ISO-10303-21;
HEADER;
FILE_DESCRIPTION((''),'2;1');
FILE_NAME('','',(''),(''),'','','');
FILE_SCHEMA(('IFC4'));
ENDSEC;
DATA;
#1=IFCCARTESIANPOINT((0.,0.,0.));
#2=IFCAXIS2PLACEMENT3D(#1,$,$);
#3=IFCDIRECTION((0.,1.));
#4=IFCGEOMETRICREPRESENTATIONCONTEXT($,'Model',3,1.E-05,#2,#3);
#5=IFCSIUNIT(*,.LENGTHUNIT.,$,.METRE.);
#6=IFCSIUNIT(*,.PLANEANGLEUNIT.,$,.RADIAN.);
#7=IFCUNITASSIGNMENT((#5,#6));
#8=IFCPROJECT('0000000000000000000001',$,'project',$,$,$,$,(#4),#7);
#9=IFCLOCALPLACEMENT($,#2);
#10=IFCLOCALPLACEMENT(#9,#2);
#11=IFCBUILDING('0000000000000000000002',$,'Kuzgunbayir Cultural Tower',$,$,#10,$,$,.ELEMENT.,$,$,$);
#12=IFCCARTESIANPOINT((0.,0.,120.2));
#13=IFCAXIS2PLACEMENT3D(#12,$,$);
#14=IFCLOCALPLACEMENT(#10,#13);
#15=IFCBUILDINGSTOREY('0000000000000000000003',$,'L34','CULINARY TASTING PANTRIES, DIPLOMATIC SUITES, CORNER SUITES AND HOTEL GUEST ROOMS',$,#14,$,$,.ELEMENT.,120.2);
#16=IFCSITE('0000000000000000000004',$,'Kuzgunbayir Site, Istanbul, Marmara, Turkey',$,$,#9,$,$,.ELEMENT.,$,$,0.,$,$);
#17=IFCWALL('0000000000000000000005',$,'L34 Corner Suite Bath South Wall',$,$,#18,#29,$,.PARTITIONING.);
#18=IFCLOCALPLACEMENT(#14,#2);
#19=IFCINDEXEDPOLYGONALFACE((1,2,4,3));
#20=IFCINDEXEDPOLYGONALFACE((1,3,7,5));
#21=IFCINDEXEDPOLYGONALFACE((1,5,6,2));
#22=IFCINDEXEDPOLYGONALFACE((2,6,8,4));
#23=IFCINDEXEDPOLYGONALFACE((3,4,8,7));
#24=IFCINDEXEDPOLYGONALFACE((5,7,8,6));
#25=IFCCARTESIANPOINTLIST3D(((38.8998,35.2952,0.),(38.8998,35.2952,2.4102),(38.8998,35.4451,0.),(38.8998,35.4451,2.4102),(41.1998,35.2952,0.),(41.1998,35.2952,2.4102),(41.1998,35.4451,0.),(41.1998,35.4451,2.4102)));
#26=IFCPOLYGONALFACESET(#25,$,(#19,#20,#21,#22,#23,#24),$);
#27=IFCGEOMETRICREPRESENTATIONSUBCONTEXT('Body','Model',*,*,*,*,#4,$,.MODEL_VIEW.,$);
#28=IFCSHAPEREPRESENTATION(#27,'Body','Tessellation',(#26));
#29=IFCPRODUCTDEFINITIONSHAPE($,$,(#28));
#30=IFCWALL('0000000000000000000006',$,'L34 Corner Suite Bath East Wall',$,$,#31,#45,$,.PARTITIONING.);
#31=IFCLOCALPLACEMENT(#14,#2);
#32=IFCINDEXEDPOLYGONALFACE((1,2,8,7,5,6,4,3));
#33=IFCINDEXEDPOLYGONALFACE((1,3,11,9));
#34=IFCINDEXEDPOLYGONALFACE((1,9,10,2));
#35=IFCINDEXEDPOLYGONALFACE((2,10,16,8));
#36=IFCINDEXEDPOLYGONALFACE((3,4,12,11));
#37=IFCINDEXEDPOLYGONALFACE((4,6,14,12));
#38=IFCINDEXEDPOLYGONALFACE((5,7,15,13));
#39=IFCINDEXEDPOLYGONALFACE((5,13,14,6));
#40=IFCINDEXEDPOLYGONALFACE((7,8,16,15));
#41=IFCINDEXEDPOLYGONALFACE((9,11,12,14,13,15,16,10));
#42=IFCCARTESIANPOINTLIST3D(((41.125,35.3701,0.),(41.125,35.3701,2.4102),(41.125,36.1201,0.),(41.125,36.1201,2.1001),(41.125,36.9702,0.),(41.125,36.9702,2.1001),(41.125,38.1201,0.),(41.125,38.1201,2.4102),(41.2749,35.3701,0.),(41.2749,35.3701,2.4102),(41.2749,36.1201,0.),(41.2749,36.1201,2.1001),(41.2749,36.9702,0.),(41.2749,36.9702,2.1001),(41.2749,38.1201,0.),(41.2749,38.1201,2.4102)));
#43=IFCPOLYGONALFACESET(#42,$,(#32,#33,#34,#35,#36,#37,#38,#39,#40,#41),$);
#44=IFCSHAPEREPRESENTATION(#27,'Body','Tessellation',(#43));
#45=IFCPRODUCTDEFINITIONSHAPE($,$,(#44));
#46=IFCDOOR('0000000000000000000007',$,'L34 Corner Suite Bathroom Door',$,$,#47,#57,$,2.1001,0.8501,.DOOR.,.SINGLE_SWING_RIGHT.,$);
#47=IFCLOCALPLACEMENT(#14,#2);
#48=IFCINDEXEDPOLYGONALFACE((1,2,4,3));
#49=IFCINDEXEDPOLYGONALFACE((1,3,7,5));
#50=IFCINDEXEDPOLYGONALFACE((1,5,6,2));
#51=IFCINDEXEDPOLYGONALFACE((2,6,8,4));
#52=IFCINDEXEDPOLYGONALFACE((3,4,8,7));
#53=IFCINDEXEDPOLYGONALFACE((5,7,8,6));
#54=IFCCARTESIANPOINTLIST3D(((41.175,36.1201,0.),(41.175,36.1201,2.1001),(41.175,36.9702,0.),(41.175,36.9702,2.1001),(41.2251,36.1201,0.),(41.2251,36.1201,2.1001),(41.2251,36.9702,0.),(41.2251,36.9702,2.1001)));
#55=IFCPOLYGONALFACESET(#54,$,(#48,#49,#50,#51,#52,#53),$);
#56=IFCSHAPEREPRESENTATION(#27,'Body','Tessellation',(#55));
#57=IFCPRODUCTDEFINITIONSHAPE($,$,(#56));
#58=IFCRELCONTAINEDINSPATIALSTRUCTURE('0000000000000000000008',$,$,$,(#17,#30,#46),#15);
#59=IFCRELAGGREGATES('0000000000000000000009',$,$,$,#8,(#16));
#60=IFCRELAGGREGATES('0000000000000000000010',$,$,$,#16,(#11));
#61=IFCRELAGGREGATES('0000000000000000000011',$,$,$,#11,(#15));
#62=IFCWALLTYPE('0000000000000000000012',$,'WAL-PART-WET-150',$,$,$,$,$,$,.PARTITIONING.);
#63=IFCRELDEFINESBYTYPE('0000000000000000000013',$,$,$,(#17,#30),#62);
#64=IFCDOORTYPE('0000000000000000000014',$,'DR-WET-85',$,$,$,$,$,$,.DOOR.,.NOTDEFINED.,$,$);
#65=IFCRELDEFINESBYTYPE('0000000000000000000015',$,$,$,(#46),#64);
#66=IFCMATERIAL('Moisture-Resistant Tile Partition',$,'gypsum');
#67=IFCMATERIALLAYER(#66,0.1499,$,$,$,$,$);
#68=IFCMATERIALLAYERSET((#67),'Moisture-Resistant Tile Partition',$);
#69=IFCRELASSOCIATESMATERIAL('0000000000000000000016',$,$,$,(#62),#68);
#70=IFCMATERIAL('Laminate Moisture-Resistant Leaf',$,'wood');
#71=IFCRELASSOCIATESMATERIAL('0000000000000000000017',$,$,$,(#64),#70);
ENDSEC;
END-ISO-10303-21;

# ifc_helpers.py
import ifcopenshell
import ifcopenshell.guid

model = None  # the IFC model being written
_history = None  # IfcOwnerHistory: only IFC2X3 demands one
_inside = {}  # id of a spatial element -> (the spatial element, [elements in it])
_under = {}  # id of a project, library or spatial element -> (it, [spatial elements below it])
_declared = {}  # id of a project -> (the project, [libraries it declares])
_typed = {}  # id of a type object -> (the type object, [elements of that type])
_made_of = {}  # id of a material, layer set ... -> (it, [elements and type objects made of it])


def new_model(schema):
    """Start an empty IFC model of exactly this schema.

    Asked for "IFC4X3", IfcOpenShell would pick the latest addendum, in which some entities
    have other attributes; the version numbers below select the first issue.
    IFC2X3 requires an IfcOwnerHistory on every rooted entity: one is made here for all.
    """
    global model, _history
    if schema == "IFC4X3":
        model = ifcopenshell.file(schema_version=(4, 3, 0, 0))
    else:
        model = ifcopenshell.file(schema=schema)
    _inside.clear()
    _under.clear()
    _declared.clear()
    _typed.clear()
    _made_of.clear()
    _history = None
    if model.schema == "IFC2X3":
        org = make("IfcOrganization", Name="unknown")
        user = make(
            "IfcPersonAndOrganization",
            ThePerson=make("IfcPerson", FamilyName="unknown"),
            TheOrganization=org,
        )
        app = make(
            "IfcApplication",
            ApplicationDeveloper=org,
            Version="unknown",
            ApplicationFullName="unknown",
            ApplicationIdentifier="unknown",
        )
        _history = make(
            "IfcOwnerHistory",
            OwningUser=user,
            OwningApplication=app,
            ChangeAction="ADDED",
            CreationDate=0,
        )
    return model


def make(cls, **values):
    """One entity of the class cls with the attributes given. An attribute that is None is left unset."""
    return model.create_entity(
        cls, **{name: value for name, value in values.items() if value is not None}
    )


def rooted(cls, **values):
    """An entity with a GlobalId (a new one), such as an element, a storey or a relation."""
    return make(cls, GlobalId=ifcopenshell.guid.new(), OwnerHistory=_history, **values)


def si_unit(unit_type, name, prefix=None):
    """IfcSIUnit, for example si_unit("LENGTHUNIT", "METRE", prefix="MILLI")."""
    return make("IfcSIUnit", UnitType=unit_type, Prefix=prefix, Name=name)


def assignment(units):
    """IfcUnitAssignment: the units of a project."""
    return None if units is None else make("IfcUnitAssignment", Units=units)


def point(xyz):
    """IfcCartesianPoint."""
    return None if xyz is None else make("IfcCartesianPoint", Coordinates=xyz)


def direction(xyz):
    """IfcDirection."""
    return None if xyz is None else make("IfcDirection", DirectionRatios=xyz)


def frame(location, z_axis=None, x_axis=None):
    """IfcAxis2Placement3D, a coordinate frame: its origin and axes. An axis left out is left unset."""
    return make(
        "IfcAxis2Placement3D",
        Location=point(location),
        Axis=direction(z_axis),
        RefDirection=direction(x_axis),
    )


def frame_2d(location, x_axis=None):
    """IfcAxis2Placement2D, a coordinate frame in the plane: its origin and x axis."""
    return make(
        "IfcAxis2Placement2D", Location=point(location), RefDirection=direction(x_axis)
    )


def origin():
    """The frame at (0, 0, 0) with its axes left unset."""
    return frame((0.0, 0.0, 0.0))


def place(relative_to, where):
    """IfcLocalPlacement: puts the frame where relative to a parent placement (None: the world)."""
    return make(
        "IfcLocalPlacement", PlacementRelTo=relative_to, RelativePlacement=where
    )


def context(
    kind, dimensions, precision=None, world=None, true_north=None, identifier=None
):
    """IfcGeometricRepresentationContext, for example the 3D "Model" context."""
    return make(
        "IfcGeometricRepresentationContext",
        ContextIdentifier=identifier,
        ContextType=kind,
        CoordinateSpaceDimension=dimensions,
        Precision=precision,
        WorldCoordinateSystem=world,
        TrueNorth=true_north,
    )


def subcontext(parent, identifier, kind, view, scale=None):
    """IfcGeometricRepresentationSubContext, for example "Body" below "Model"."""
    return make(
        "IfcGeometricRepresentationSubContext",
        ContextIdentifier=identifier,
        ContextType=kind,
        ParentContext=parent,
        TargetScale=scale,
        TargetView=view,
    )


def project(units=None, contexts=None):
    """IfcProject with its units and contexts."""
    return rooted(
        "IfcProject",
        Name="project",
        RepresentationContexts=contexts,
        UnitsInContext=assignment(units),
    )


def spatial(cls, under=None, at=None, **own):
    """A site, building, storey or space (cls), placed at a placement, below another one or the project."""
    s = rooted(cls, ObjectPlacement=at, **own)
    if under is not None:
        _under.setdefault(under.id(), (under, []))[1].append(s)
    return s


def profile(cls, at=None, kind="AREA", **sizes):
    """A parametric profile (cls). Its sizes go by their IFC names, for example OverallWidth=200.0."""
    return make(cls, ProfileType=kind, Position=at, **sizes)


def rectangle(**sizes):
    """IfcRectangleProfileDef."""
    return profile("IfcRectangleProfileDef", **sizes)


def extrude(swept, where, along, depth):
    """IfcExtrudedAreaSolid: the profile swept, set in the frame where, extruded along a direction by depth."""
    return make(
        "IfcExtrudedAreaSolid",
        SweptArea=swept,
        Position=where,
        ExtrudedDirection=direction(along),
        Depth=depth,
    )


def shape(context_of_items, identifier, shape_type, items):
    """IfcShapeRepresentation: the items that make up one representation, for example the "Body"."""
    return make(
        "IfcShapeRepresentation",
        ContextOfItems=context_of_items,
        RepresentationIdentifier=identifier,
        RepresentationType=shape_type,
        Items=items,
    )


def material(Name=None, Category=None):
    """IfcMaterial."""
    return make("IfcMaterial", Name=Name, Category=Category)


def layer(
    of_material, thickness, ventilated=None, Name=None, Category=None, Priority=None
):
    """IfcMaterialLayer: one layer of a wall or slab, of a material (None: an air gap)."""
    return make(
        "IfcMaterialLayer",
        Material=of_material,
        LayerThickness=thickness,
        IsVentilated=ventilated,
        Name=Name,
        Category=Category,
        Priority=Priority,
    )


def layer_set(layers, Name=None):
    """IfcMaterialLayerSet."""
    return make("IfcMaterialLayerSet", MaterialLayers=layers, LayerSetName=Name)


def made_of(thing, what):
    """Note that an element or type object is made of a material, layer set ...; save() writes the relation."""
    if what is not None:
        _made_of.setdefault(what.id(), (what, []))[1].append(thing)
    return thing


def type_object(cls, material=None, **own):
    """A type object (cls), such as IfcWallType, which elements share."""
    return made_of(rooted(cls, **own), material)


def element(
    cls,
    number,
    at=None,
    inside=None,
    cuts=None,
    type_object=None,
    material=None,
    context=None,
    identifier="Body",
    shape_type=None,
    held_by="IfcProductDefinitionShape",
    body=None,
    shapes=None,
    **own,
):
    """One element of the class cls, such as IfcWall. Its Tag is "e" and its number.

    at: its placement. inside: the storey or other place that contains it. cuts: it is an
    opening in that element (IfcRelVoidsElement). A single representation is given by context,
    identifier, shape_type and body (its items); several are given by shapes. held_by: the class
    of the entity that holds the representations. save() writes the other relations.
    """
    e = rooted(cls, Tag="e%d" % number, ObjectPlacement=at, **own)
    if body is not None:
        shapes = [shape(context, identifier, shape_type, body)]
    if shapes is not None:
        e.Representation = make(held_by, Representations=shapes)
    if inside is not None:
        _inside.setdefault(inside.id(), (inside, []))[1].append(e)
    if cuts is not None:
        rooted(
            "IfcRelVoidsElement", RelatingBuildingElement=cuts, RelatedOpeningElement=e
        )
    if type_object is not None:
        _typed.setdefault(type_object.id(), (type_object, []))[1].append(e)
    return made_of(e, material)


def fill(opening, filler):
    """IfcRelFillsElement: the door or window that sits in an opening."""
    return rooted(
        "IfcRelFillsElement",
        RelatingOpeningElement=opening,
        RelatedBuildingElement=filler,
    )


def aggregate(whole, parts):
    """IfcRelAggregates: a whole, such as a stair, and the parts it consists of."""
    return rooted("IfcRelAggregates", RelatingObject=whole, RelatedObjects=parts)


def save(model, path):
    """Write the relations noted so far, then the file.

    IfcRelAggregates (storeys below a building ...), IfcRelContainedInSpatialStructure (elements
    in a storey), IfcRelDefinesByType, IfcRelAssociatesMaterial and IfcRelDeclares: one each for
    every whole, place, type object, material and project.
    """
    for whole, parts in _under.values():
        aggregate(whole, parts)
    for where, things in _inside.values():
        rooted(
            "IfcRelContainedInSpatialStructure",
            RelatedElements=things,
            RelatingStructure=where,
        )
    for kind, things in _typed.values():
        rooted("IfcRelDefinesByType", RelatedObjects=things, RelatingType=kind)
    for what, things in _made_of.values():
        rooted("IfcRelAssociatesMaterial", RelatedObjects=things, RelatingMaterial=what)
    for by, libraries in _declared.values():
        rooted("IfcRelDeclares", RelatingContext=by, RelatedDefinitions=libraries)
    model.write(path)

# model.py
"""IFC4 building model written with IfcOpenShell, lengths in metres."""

from ifc_helpers import new_model, si_unit, direction, frame, frame_2d, origin, place, context, subcontext, project, spatial, rectangle, extrude, material, layer, layer_set, type_object, element, fill, save


model = new_model("IFC4")

# Units and contexts
model_context = context("Model", 3, precision=1e-05, world=origin(), true_north=direction((0.0, 1.0)))
body_context = subcontext(model_context, "Body", "Model", "MODEL_VIEW")
ifc_project = project(units=[si_unit("LENGTHUNIT", "METRE"), si_unit("PLANEANGLEUNIT", "RADIAN")], contexts=[model_context])

# Site, building, storey
site_placement = place(None, origin())
site = spatial("IfcSite", under=ifc_project, at=site_placement, Name="Kuzgunbayir Site, Istanbul, Marmara, Turkey", CompositionType="ELEMENT", RefElevation=0.0)
building_placement = place(site_placement, origin())
building = spatial("IfcBuilding", under=site, at=building_placement, Name="Kuzgunbayir Cultural Tower", CompositionType="ELEMENT")
storey_placement = place(building_placement, frame((0.0, 0.0, 120.2)))
storey = spatial("IfcBuildingStorey", under=building, at=storey_placement, Name="L34", Description="CULINARY TASTING PANTRIES, DIPLOMATIC SUITES, CORNER SUITES AND HOTEL GUEST ROOMS", CompositionType="ELEMENT", Elevation=120.2)

# Wall
ifc_material_1 = material(Name="Moisture-Resistant Tile Partition", Category="gypsum")
ifc_layer_1 = layer(ifc_material_1, 0.1499)
ifc_layer_set_1 = layer_set([ifc_layer_1], Name="Moisture-Resistant Tile Partition")
wall_type_1 = type_object("IfcWallType", Name="WAL-PART-WET-150", PredefinedType="PARTITIONING", material=ifc_layer_set_1)
wall_1_placement = place(storey_placement, frame((38.8999, 35.3701, 0.0), z_axis=(0.0, 0.0, 1.0), x_axis=(1.0, 0.0, 0.0)))
element("IfcWall", 1, at=wall_1_placement, inside=storey, type_object=wall_type_1, Name="L34 Corner Suite Bath South Wall", PredefinedType="PARTITIONING", context=body_context, shape_type="SweptSolid", body=[
    extrude(rectangle(XDim=2.3, YDim=0.1499, at=frame_2d((1.1499, 0.0))), origin(), (0.0, 0.0, 1.0), 2.4102),
])

# Wall, opening, door
wall_2_placement = place(storey_placement, frame((41.2, 35.3701, 0.0), z_axis=(0.0, 0.0, 1.0), x_axis=(0.0, 1.0, 0.0)))
wall_2 = element("IfcWall", 2, at=wall_2_placement, inside=storey, type_object=wall_type_1, Name="L34 Corner Suite Bath East Wall", PredefinedType="PARTITIONING", context=body_context, shape_type="SweptSolid", body=[
    extrude(rectangle(XDim=2.75, YDim=0.1499, at=frame_2d((1.375, 0.0))), origin(), (0.0, 0.0, 1.0), 2.4102),
])
opening_1_placement = place(wall_2_placement, frame((0.75, 0.0, 0.0)))
opening_1 = element("IfcOpeningElement", 3, at=opening_1_placement, cuts=wall_2, PredefinedType="OPENING", context=body_context, shape_type="SweptSolid", body=[
    extrude(rectangle(XDim=0.8501, YDim=2.1001, at=frame_2d((0.425, 1.05))), frame((0.0, 0.085, 0.0), z_axis=(0.0, -1.0, 0.0), x_axis=(1.0, 0.0, 0.0)), (0.0, 0.0, 1.0), 0.1699),
])
ifc_material_2 = material(Name="Laminate Moisture-Resistant Leaf", Category="wood")
door_type_1 = type_object("IfcDoorType", Name="DR-WET-85", OperationType="NOTDEFINED", PredefinedType="DOOR", material=ifc_material_2)
door_1_placement = place(opening_1_placement, origin())
door_1 = element("IfcDoor", 4, at=door_1_placement, inside=storey, type_object=door_type_1, Name="L34 Corner Suite Bathroom Door", OperationType="SINGLE_SWING_RIGHT", OverallHeight=2.1001, OverallWidth=0.8501, PredefinedType="DOOR", context=body_context, shape_type="SweptSolid", body=[
    extrude(rectangle(XDim=0.8501, YDim=2.1001, at=frame_2d((0.425, 1.05))), frame((0.0, 0.0249, 0.0), z_axis=(0.0, -1.0, 0.0), x_axis=(1.0, 0.0, 0.0)), (0.0, 0.0, 1.0), 0.05),
])
fill(opening_1, door_1)

save(model, "model.ifc")
